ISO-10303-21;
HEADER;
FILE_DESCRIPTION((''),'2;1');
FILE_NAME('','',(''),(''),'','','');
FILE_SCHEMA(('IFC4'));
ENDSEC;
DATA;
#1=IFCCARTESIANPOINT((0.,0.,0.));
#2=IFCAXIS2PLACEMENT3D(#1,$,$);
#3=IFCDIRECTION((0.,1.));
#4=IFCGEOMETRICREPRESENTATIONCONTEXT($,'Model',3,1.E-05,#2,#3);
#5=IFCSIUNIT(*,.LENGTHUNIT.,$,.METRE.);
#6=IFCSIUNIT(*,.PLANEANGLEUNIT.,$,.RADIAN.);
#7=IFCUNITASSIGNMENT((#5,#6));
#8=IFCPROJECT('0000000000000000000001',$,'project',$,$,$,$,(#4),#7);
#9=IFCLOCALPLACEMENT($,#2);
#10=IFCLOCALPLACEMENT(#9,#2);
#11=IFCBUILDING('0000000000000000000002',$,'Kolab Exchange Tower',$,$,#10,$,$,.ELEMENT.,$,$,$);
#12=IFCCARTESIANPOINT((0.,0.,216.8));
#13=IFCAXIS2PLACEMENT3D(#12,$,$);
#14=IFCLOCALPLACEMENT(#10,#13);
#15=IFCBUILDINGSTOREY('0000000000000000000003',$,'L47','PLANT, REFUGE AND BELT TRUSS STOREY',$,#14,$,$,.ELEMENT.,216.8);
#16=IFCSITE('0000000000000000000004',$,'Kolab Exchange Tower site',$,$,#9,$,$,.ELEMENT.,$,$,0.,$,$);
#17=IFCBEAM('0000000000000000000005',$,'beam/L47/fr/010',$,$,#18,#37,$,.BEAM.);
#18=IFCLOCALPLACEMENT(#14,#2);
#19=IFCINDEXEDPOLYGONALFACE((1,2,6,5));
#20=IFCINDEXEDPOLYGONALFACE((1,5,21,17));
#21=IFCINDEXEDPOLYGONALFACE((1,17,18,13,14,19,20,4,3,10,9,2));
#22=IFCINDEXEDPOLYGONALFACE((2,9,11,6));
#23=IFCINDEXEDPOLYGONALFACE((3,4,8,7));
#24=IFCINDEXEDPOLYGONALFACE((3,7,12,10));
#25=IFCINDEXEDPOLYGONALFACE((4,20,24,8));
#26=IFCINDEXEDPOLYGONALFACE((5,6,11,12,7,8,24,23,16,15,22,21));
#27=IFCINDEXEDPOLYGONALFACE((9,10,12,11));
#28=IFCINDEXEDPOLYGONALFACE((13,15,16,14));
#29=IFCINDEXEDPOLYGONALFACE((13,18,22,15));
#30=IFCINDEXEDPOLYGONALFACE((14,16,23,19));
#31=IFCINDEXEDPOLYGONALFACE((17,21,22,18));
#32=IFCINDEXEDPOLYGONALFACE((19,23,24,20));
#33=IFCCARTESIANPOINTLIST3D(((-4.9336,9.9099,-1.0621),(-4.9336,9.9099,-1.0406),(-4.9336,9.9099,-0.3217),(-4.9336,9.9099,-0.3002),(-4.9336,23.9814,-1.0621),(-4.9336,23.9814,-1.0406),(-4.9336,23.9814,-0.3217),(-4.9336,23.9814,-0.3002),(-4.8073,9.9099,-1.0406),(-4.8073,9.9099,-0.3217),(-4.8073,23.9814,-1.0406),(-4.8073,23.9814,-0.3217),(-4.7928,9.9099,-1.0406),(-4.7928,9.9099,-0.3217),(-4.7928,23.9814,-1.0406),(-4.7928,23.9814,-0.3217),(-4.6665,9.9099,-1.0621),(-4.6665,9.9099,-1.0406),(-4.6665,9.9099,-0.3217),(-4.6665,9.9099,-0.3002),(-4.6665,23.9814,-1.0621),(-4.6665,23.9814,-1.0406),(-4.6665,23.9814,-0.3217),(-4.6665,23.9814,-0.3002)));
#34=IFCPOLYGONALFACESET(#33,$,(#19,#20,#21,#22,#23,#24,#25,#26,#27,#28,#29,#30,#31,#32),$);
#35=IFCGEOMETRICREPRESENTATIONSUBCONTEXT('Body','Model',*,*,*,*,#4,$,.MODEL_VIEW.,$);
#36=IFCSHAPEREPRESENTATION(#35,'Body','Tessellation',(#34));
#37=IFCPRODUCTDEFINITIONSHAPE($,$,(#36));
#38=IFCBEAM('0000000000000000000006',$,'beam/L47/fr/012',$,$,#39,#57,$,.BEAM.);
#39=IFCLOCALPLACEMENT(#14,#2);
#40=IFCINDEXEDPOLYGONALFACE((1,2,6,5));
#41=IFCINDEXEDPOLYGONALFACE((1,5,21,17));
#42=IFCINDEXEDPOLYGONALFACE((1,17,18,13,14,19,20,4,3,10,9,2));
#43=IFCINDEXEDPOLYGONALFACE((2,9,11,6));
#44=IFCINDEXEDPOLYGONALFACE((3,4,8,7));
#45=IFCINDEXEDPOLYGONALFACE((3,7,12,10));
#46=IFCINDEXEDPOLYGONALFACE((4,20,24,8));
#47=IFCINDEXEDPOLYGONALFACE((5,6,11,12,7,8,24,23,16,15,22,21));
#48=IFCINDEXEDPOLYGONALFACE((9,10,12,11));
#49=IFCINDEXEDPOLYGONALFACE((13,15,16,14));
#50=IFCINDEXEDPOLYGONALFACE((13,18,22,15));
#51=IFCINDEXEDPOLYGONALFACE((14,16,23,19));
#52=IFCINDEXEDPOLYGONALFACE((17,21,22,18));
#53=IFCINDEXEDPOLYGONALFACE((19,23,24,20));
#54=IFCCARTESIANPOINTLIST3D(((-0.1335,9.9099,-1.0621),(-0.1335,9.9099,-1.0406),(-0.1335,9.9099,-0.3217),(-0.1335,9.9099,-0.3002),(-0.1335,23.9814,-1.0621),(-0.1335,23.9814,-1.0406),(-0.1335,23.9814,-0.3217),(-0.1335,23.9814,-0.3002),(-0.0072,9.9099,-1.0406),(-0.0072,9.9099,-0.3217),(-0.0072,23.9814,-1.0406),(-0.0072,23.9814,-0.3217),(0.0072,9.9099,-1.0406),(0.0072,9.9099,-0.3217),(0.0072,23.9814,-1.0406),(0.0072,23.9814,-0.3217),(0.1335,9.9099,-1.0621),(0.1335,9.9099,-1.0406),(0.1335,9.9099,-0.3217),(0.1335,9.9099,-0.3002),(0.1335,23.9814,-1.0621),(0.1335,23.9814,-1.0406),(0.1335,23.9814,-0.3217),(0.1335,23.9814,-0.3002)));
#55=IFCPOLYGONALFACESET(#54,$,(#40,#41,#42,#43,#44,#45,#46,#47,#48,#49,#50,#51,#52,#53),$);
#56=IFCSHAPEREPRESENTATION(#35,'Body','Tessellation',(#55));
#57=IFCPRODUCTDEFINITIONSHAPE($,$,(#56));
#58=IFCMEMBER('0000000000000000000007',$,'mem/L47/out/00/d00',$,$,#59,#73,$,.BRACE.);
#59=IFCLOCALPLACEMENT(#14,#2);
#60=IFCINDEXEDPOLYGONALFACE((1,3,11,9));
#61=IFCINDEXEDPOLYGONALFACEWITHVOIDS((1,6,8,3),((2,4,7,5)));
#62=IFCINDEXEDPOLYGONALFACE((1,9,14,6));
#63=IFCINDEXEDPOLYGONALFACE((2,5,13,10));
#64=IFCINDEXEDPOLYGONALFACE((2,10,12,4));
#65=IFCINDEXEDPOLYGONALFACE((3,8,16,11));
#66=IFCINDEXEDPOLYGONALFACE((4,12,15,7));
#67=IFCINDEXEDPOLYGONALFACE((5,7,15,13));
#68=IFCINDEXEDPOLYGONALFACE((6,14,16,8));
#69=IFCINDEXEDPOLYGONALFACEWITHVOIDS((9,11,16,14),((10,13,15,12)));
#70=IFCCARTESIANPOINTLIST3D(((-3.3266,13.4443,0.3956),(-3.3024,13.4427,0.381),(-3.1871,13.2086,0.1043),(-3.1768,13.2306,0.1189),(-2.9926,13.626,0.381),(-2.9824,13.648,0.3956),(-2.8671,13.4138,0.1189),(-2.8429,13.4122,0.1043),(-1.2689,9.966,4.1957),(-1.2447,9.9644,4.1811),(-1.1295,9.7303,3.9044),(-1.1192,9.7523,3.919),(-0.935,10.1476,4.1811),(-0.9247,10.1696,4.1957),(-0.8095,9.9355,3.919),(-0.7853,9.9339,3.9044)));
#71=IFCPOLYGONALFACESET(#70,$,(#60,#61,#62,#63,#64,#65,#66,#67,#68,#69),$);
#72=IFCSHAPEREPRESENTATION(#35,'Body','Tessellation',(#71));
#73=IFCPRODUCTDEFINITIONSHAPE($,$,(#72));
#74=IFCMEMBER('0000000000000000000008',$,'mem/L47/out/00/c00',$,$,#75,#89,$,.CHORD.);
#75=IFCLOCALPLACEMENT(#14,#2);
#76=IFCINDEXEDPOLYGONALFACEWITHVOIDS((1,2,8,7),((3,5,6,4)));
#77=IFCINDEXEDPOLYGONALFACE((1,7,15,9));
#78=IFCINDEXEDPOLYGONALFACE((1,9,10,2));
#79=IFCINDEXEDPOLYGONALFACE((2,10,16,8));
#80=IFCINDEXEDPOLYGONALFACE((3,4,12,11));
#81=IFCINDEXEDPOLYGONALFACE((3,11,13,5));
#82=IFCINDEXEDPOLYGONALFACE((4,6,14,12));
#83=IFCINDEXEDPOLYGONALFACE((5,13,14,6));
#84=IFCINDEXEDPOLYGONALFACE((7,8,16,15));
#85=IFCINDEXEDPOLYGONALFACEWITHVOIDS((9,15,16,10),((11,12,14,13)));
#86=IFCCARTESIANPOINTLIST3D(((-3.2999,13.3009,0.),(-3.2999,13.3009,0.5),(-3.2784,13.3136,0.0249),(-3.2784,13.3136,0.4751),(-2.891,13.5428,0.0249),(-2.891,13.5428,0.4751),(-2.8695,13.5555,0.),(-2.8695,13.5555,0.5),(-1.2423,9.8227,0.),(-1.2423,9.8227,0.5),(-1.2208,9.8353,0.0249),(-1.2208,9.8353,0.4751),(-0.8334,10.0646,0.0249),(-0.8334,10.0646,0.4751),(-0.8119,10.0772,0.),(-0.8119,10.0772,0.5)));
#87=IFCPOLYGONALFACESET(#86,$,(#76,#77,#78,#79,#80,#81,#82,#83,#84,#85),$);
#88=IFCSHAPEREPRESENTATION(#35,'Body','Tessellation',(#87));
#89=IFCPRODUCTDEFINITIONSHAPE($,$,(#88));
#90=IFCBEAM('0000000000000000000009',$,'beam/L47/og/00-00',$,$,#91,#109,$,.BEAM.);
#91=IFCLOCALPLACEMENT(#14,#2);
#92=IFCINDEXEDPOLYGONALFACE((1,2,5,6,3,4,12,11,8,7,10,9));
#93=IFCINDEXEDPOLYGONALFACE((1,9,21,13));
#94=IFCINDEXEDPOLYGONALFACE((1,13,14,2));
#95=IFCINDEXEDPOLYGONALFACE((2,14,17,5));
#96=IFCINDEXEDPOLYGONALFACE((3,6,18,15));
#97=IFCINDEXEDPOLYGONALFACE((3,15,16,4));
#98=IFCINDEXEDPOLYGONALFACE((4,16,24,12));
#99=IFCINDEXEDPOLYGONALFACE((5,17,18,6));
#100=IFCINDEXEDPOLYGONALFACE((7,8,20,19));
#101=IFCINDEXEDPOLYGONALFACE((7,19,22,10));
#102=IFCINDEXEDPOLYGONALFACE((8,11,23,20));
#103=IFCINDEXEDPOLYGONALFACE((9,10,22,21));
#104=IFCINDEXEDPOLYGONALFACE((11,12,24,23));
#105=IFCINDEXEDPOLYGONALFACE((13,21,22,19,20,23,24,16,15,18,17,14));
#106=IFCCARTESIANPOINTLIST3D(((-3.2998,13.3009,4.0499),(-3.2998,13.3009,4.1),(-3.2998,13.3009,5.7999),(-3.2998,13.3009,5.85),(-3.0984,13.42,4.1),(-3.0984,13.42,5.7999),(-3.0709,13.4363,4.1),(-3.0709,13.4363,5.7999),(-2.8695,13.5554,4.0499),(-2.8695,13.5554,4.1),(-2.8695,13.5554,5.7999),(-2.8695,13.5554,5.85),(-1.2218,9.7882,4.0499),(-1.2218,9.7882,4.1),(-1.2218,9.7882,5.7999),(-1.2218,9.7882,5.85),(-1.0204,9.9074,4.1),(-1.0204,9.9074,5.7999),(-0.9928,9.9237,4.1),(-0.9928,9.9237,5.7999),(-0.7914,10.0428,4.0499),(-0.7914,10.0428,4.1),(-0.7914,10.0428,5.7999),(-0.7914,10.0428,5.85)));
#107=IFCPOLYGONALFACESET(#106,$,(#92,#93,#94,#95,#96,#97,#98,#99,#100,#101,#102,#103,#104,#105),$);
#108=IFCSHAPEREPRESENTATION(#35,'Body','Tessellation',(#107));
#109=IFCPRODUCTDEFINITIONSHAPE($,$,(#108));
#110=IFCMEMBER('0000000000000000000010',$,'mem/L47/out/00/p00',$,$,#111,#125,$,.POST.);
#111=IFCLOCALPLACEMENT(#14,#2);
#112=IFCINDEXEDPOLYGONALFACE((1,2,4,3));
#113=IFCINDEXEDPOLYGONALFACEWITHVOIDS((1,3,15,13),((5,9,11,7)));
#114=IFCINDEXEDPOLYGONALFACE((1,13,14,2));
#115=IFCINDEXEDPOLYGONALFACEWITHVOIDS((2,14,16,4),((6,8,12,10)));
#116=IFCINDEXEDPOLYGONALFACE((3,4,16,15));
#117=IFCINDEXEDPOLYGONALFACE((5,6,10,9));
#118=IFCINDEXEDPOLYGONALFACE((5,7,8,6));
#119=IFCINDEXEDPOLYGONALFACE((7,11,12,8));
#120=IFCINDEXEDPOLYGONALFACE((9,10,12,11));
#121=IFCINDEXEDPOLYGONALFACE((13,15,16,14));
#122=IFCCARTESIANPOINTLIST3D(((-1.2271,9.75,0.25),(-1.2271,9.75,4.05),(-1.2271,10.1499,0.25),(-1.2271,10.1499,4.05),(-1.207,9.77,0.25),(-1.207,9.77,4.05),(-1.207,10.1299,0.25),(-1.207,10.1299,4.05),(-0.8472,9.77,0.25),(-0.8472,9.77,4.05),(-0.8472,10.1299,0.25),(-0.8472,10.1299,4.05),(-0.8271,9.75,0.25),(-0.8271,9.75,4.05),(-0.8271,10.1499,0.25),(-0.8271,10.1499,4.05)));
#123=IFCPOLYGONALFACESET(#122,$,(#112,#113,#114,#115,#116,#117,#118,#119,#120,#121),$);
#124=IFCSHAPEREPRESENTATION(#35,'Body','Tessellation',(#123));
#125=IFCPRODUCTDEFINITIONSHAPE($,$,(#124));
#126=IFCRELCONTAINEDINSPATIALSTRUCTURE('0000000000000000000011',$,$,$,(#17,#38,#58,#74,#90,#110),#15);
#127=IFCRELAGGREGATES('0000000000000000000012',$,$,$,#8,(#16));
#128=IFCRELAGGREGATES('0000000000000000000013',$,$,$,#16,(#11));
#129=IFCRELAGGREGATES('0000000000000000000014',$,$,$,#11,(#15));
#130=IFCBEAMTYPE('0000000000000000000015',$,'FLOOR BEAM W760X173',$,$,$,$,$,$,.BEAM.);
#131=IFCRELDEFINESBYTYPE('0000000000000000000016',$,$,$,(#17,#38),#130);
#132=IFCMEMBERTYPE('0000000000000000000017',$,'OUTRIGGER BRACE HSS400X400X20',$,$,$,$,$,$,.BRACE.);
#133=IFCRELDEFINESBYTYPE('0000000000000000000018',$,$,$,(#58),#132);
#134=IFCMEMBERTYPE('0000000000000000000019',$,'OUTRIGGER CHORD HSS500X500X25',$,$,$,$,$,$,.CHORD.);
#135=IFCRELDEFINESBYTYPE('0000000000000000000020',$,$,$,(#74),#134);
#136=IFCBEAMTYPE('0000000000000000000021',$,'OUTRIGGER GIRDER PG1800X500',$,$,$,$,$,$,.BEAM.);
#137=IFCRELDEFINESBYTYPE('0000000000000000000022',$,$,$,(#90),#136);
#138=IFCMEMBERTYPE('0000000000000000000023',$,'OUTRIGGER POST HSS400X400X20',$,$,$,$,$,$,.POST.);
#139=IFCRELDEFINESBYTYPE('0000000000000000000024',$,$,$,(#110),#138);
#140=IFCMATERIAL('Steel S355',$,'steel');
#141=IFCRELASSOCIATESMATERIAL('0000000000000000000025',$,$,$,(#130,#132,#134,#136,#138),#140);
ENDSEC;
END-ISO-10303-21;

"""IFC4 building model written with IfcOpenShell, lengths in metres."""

from ifc_helpers import new_model, si_unit, direction, frame, origin, origin_2d, place, context, subcontext, project, spatial, hollow_rectangle, i_section, extrude, material, material_profile, profile_set, type_object, element, save


model = new_model("IFC4")

# Units and contexts
model_context = context("Model", 3, precision=1e-05, world=origin(), true_north=direction((0.0, 1.0)))
body_context = subcontext(model_context, "Body", "Model", "MODEL_VIEW")
ifc_project = project(units=[si_unit("LENGTHUNIT", "METRE"), si_unit("PLANEANGLEUNIT", "RADIAN")], contexts=[model_context])

# Site, building, storey
site_placement = place(None, origin())
site = spatial("IfcSite", under=ifc_project, at=site_placement, Name="Kolab Exchange Tower site", CompositionType="ELEMENT", RefElevation=0.0)
building_placement = place(site_placement, origin())
building = spatial("IfcBuilding", under=site, at=building_placement, Name="Kolab Exchange Tower", CompositionType="ELEMENT")
storey_placement = place(building_placement, frame((0.0, 0.0, 216.8)))
storey = spatial("IfcBuildingStorey", under=building, at=storey_placement, Name="L47", Description="PLANT, REFUGE AND BELT TRUSS STOREY", CompositionType="ELEMENT", Elevation=216.8)

# Beams
ifc_material_1 = material(Name="Steel S355", Category="steel")
ifc_material_profile_1 = material_profile(ifc_material_1, i_section(OverallWidth=0.2671, OverallDepth=0.762, WebThickness=0.0144, FlangeThickness=0.0215, at=origin_2d()), Name="W760X173")
ifc_profile_set_1 = profile_set([ifc_material_profile_1], Name="Steel S355")
beam_type_1 = type_object("IfcBeamType", Name="FLOOR BEAM W760X173", PredefinedType="BEAM", material=ifc_profile_set_1)
for number, where, z_axis, x_axis, name in (
    (1, (-4.8, 9.9099, -0.6812), (0.0, 1.0, 0.0), (-1.0, 0.0, 0.0), "beam/L47/fr/010"),
    (2, (0.0, 9.9099, -0.6812), (0.0, 1.0, 0.0), (-1.0, 0.0, 0.0), "beam/L47/fr/012"),
):
    element("IfcBeam", number, at=place(storey_placement, frame(where, z_axis=z_axis, x_axis=x_axis)), inside=storey, type_object=beam_type_1, Name=name, PredefinedType="BEAM", context=body_context, shape_type="SweptSolid", body=[
        extrude(i_section(OverallWidth=0.2671, OverallDepth=0.762, WebThickness=0.0144, FlangeThickness=0.0215, at=origin_2d()), origin(), (0.0, 0.0, 1.0), 14.0715),
    ])

# Members
ifc_material_profile_2 = material_profile(ifc_material_1, hollow_rectangle(XDim=0.3999, YDim=0.3999, WallThickness=0.02, at=origin_2d()), Name="HSS400X400X20")
ifc_profile_set_2 = profile_set([ifc_material_profile_2], Name="Steel S355")
member_type_1 = type_object("IfcMemberType", Name="OUTRIGGER BRACE HSS400X400X20", PredefinedType="BRACE", material=ifc_profile_set_2)
member_1_placement = place(storey_placement, frame((-1.0271, 9.95, 4.05), z_axis=(-0.370922, 0.627021, -0.685027), x_axis=(-0.86068, -0.509146, 0.0)))
element("IfcMember", 3, at=member_1_placement, inside=storey, type_object=member_type_1, Name="mem/L47/out/00/d00", PredefinedType="BRACE", context=body_context, shape_type="SweptSolid", body=[
    extrude(hollow_rectangle(XDim=0.3999, YDim=0.3999, WallThickness=0.02, at=origin_2d()), origin(), (0.0, 0.0, 1.0), 5.5474),
])
ifc_material_profile_3 = material_profile(ifc_material_1, hollow_rectangle(XDim=0.5, YDim=0.5, WallThickness=0.0249, at=origin_2d()), Name="HSS500X500X25")
ifc_profile_set_3 = profile_set([ifc_material_profile_3], Name="Steel S355")
member_type_2 = type_object("IfcMemberType", Name="OUTRIGGER CHORD HSS500X500X25", PredefinedType="CHORD", material=ifc_profile_set_3)
member_2_placement = place(storey_placement, frame((-1.0271, 9.95, 0.25), z_axis=(-0.509146, 0.86068, 0.0), x_axis=(-0.86068, -0.509146, 0.0)))
element("IfcMember", 4, at=member_2_placement, inside=storey, type_object=member_type_2, Name="mem/L47/out/00/c00", PredefinedType="CHORD", context=body_context, shape_type="SweptSolid", body=[
    extrude(hollow_rectangle(XDim=0.5, YDim=0.5, WallThickness=0.0249, at=origin_2d()), origin(), (0.0, 0.0, 1.0), 4.0413),
])

# Beam
ifc_material_profile_4 = material_profile(ifc_material_1, i_section(OverallWidth=0.5, OverallDepth=1.8, WebThickness=0.032, FlangeThickness=0.05, at=origin_2d()), Name="PG1800X500")
ifc_profile_set_4 = profile_set([ifc_material_profile_4], Name="Steel S355")
beam_type_2 = type_object("IfcBeamType", Name="OUTRIGGER GIRDER PG1800X500", PredefinedType="BEAM", material=ifc_profile_set_4)
beam_placement = place(storey_placement, frame((-1.0066, 9.9155, 4.95), z_axis=(-0.509173, 0.860664, 0.0), x_axis=(-0.860664, -0.509173, 0.0)))
element("IfcBeam", 5, at=beam_placement, inside=storey, type_object=beam_type_2, Name="beam/L47/og/00-00", PredefinedType="BEAM", context=body_context, shape_type="SweptSolid", body=[
    extrude(i_section(OverallWidth=0.5, OverallDepth=1.8, WebThickness=0.032, FlangeThickness=0.05, at=origin_2d()), origin(), (0.0, 0.0, 1.0), 4.0813),
])

# Member
ifc_material_profile_5 = material_profile(ifc_material_1, hollow_rectangle(XDim=0.3999, YDim=0.3999, WallThickness=0.02, at=origin_2d()), Name="HSS400X400X20")
ifc_profile_set_5 = profile_set([ifc_material_profile_5], Name="Steel S355")
member_type_3 = type_object("IfcMemberType", Name="OUTRIGGER POST HSS400X400X20", PredefinedType="POST", material=ifc_profile_set_5)
member_3_placement = place(storey_placement, frame((-1.0271, 9.95, 0.25), z_axis=(0.0, 0.0, 1.0), x_axis=(1.0, 0.0, 0.0)))
element("IfcMember", 6, at=member_3_placement, inside=storey, type_object=member_type_3, Name="mem/L47/out/00/p00", PredefinedType="POST", context=body_context, shape_type="SweptSolid", body=[
    extrude(hollow_rectangle(XDim=0.3999, YDim=0.3999, WallThickness=0.02, at=origin_2d()), origin(), (0.0, 0.0, 1.0), 3.8),
])

save(model, "model.ifc")
